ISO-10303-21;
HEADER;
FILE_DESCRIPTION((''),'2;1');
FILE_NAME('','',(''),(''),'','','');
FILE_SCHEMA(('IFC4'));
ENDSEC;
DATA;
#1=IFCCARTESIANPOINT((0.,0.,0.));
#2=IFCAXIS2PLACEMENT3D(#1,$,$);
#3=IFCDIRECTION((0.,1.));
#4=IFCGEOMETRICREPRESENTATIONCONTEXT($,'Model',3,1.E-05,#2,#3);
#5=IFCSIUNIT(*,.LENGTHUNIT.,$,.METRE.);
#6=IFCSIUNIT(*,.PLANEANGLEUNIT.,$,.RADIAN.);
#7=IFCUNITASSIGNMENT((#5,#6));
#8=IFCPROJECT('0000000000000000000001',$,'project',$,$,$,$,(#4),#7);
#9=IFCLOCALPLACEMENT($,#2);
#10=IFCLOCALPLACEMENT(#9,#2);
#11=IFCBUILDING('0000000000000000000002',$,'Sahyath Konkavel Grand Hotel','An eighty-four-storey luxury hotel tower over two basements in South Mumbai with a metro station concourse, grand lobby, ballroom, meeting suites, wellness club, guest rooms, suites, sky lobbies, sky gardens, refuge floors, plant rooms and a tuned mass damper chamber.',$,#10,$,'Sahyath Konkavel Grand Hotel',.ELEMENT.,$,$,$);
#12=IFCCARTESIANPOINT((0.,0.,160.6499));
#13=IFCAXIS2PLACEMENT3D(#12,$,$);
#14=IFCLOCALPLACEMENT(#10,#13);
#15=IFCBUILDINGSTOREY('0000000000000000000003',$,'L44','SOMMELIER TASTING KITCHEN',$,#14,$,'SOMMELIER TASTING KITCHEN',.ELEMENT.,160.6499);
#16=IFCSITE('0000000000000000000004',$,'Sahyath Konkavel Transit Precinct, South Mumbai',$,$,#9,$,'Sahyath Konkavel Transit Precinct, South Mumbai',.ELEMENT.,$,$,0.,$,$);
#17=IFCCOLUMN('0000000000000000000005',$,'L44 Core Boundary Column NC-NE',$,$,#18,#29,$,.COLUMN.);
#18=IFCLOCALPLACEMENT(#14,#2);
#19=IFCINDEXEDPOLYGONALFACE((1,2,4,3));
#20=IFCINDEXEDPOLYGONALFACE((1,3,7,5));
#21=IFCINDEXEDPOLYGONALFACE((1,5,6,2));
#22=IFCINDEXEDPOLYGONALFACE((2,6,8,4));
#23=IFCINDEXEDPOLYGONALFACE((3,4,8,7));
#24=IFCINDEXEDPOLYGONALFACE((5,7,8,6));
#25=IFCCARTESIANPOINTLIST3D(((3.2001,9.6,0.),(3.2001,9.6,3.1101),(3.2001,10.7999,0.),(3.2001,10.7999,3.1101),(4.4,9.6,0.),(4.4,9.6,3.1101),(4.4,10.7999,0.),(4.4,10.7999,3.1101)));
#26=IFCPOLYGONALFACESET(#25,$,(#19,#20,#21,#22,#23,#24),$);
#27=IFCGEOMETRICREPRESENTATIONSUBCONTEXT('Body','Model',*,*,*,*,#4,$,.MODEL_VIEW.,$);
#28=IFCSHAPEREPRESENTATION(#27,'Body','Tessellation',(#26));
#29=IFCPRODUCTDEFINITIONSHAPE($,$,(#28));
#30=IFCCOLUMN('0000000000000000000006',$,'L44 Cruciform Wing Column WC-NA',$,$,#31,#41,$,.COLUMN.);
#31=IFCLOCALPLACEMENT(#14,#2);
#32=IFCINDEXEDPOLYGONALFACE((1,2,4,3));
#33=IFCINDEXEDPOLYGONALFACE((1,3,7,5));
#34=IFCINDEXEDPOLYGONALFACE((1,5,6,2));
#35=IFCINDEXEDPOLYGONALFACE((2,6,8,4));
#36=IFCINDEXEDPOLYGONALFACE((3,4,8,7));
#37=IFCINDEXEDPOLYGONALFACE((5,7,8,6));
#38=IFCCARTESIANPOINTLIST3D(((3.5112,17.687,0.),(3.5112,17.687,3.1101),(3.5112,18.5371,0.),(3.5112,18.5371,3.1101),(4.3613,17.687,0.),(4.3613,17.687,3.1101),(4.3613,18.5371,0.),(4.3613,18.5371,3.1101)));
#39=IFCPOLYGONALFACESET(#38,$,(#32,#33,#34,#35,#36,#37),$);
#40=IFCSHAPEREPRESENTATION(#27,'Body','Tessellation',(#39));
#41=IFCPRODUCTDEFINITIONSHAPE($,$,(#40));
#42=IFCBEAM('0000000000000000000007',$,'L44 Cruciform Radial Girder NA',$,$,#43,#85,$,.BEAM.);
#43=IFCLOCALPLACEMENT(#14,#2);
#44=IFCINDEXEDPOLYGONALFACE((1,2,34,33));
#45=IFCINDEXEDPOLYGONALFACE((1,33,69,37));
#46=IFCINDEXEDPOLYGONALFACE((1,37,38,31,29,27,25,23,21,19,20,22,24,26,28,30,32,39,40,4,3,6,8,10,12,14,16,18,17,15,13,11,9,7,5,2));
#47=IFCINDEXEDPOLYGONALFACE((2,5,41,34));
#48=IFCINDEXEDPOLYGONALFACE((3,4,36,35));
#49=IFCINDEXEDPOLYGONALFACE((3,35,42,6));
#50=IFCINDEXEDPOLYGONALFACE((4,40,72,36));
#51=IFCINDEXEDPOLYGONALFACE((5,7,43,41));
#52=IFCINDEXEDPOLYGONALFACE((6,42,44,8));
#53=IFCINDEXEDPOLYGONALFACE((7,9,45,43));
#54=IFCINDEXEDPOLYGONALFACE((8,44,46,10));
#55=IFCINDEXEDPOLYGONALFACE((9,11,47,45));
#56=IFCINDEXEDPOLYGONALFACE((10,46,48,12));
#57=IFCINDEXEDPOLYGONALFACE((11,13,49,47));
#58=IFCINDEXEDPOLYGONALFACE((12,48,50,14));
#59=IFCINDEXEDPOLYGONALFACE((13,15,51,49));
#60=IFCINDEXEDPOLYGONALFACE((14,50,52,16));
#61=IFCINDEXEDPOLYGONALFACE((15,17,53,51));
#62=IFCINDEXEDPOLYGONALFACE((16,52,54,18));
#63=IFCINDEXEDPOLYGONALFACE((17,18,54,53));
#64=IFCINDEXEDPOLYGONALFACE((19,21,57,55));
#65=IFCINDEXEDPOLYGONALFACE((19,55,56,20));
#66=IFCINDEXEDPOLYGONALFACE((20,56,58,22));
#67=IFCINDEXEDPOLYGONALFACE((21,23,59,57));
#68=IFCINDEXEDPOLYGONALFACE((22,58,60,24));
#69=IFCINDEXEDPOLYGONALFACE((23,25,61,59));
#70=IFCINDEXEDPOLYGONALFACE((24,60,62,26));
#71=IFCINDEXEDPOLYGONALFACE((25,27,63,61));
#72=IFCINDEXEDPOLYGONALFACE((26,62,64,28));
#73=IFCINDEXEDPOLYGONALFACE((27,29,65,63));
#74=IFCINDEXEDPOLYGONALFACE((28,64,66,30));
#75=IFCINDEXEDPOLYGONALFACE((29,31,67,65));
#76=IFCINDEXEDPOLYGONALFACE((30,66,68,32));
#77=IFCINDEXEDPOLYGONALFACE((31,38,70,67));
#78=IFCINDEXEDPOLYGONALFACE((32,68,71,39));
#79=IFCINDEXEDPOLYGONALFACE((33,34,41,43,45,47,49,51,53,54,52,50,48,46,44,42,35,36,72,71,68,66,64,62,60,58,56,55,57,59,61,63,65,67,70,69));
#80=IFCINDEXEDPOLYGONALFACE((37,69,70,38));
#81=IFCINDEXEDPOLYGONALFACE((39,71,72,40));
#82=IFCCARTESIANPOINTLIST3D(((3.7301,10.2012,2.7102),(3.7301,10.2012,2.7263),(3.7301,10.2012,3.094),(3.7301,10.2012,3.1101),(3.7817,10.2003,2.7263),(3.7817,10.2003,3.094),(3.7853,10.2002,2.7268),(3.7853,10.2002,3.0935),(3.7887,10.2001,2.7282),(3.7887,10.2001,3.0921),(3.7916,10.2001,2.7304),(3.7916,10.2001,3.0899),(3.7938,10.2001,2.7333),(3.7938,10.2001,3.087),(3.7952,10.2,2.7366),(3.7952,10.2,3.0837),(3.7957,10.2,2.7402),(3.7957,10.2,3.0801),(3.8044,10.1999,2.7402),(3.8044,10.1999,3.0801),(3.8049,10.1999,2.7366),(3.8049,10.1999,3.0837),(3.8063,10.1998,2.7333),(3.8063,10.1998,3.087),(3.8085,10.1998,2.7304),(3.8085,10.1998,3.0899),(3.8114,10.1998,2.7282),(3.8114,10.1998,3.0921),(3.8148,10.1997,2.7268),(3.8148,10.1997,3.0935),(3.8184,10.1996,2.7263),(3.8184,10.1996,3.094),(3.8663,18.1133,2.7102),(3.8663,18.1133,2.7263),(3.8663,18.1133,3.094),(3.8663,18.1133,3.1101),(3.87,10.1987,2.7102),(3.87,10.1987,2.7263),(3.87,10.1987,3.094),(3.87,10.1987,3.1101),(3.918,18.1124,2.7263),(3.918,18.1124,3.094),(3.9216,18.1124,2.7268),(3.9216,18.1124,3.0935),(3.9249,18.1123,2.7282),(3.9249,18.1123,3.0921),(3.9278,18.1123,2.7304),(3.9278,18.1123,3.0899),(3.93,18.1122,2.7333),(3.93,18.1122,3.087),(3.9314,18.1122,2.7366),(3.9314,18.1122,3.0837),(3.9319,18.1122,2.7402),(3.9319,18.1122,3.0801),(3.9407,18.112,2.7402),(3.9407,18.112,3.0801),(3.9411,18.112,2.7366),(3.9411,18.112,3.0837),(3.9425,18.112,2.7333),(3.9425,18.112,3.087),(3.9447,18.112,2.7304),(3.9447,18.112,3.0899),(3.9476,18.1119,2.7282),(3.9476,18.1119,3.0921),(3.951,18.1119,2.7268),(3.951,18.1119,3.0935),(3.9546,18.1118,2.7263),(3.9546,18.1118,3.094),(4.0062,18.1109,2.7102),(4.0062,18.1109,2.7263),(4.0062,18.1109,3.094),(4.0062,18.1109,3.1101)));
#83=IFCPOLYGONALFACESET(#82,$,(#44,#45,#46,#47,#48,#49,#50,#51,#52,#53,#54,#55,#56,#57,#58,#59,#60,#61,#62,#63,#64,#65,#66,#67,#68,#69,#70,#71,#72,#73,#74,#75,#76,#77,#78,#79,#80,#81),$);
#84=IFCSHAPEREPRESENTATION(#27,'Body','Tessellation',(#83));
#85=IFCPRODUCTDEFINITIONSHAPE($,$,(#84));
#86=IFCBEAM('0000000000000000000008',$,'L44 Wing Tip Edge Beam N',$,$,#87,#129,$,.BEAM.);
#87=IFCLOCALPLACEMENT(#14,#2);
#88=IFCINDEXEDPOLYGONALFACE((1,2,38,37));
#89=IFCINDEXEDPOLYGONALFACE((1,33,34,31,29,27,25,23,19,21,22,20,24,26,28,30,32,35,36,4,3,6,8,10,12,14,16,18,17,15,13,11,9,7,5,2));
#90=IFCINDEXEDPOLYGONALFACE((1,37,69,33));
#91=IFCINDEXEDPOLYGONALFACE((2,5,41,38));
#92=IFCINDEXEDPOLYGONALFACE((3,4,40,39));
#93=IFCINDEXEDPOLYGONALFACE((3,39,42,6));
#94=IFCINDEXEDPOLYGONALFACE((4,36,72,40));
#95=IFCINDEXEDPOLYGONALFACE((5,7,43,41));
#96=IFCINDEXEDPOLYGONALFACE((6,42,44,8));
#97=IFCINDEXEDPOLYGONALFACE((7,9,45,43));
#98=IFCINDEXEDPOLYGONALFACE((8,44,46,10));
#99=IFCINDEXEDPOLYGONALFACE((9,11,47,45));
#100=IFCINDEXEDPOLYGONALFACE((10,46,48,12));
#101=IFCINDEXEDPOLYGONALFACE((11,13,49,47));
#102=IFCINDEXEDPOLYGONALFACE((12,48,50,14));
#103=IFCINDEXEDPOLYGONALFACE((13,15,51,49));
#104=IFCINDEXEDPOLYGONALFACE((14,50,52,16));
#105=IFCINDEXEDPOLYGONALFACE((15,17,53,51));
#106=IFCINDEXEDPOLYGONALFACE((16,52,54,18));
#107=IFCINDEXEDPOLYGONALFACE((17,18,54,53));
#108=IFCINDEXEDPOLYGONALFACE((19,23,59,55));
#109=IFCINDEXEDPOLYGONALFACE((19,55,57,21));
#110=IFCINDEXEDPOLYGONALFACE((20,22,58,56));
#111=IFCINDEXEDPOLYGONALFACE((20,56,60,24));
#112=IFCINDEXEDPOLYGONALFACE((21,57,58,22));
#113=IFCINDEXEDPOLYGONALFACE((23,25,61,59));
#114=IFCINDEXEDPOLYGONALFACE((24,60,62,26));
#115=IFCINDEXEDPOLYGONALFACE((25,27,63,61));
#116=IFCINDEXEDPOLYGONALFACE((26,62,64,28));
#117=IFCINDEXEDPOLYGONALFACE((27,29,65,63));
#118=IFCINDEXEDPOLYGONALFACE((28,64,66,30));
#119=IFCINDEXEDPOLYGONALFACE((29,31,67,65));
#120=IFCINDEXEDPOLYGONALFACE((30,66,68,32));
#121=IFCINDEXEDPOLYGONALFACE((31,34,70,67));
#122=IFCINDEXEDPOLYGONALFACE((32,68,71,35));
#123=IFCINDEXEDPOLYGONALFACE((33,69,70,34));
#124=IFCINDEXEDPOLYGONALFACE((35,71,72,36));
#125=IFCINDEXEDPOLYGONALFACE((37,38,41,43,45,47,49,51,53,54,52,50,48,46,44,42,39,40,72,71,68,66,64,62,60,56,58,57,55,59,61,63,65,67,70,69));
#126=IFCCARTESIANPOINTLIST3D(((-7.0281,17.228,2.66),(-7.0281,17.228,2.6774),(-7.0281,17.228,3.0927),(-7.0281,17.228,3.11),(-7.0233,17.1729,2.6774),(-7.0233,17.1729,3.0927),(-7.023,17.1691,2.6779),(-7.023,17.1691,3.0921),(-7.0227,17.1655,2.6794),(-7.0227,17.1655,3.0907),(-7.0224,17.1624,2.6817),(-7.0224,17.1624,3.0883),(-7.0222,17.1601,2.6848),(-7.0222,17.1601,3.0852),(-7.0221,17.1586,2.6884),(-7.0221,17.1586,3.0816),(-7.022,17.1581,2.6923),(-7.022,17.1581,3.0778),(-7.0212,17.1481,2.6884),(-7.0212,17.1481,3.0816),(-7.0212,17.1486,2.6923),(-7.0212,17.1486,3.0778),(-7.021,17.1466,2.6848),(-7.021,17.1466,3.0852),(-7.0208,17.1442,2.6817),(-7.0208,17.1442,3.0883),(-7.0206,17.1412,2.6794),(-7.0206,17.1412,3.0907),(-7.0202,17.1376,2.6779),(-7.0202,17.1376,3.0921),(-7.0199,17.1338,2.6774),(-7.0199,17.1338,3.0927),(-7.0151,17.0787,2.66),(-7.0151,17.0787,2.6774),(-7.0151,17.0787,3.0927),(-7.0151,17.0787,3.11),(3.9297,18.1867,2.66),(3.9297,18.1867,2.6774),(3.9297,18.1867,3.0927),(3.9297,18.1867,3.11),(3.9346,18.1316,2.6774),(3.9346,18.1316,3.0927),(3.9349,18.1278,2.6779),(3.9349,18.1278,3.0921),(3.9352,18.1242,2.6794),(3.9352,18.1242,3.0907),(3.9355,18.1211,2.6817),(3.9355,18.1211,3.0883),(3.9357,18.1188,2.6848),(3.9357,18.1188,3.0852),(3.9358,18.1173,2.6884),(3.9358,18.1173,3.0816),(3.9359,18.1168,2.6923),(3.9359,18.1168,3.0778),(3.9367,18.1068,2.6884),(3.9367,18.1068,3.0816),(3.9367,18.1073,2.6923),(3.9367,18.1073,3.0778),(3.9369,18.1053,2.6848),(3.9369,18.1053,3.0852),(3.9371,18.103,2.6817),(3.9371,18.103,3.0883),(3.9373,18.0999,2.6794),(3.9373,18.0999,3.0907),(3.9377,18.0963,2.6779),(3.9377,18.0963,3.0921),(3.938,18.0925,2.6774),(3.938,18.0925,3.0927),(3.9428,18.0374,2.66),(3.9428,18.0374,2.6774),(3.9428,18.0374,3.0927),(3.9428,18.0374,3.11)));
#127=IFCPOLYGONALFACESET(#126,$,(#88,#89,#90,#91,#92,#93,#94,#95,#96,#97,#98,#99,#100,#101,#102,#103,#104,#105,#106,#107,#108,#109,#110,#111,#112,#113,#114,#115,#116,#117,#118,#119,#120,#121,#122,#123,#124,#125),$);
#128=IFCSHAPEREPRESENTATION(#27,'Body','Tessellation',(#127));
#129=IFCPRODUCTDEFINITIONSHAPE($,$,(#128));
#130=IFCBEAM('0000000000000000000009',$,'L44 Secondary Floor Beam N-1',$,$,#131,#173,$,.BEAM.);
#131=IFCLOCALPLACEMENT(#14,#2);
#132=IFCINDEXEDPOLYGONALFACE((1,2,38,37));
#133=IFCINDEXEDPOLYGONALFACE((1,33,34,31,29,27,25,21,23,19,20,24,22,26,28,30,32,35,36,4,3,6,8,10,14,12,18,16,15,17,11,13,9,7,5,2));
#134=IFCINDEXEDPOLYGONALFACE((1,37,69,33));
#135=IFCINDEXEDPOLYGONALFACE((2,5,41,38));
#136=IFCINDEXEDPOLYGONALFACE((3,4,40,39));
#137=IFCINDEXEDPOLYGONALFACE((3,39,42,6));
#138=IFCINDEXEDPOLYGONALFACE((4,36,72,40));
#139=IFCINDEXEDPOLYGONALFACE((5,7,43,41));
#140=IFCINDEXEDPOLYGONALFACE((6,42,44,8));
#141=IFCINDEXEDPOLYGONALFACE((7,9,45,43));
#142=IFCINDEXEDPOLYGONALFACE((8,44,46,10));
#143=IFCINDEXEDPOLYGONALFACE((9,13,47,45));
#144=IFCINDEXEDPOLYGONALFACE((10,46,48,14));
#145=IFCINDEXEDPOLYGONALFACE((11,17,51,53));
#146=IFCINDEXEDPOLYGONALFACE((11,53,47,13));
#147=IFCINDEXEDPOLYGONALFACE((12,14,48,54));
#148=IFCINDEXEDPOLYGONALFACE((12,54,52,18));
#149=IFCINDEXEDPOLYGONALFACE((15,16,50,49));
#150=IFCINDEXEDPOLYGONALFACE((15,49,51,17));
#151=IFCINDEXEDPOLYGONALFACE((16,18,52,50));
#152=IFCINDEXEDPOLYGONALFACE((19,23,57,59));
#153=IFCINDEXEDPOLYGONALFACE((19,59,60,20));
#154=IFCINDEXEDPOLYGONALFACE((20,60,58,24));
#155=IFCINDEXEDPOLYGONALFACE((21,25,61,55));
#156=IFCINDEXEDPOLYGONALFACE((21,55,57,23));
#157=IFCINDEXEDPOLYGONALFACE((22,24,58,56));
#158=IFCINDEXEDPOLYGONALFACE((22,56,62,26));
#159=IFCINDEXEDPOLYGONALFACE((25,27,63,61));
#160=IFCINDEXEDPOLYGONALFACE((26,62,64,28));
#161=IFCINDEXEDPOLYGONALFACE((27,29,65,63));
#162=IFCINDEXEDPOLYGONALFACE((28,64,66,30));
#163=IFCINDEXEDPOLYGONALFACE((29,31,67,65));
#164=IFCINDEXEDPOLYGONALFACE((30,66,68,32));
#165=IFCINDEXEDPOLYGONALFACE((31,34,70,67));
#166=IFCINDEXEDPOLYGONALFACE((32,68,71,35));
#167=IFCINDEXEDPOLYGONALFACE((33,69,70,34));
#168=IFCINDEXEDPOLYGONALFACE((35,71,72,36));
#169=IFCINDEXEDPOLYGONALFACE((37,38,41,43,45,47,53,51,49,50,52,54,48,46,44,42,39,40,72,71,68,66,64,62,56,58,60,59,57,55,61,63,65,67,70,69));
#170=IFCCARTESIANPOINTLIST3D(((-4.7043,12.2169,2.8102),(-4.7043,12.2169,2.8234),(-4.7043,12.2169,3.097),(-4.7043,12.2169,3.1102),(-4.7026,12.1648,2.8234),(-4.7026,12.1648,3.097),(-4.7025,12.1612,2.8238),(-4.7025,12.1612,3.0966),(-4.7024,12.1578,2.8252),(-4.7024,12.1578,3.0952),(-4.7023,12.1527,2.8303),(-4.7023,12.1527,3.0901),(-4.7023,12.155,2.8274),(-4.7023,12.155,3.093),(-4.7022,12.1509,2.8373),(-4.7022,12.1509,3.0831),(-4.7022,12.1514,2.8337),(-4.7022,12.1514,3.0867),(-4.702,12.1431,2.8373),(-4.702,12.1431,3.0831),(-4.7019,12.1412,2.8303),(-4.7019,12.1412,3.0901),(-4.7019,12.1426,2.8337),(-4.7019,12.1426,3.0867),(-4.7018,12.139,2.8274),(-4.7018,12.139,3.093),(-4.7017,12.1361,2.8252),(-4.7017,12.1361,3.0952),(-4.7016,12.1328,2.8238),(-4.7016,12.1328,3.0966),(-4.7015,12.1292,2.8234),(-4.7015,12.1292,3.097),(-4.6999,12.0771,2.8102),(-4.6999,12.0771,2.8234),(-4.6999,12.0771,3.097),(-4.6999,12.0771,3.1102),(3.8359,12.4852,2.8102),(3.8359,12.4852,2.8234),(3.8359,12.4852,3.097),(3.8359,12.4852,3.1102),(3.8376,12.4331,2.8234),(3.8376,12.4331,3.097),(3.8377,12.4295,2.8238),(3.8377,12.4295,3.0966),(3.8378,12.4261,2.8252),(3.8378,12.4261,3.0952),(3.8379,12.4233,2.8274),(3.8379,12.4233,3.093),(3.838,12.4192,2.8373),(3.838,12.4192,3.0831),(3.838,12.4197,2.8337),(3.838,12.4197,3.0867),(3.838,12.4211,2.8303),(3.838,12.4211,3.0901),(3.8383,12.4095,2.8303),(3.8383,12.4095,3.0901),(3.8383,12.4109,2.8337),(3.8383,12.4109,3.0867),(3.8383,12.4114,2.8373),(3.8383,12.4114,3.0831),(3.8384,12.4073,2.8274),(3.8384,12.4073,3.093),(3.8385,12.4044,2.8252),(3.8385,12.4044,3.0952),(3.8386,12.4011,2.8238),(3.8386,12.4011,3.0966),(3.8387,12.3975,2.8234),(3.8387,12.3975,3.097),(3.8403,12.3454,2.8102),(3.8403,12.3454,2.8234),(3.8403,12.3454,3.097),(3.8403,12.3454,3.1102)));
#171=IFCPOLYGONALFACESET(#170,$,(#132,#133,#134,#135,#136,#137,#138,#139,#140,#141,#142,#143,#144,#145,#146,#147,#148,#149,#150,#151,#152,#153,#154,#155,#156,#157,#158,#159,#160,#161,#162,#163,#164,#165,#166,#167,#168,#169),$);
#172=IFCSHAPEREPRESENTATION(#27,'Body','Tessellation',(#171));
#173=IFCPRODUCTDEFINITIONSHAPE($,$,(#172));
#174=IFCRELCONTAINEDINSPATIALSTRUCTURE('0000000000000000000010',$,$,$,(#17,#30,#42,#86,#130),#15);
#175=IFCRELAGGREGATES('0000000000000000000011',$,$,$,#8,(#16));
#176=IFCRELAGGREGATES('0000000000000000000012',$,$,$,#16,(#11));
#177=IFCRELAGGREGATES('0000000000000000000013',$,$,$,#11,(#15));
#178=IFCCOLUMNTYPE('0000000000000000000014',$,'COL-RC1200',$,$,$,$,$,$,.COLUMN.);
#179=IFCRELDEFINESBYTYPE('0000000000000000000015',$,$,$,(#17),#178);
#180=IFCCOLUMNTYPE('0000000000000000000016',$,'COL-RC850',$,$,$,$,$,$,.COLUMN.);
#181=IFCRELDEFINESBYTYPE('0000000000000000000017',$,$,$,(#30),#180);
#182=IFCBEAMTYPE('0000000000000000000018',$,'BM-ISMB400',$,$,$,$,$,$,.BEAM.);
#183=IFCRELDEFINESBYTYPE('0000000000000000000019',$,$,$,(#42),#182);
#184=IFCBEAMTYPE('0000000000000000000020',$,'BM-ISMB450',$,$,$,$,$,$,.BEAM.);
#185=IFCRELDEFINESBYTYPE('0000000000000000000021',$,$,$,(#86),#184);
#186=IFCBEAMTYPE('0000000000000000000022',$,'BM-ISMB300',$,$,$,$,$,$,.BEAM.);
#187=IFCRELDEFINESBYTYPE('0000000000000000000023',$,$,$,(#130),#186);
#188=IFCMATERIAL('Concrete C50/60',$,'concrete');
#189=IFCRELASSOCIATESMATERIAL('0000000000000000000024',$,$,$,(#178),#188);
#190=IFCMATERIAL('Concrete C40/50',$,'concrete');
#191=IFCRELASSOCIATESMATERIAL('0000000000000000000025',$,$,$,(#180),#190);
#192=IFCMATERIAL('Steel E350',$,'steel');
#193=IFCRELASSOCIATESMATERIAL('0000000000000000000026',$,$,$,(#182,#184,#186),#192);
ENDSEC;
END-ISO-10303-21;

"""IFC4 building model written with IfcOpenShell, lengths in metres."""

from ifc_helpers import new_model, si_unit, direction, frame, origin, origin_2d, place, context, subcontext, project, spatial, rectangle, i_section, extrude, source, transform, mapped, material, material_profile, profile_set, type_object, element, save


model = new_model("IFC4")

# Units and contexts
model_context = context("Model", 3, precision=1e-05, world=origin(), true_north=direction((0.0, 1.0)))
body_context = subcontext(model_context, "Body", "Model", "MODEL_VIEW")
ifc_project = project(units=[si_unit("LENGTHUNIT", "METRE"), si_unit("PLANEANGLEUNIT", "RADIAN")], contexts=[model_context])

# Site, building, storey
site_placement = place(None, origin())
site = spatial("IfcSite", under=ifc_project, at=site_placement, Name="Sahyath Konkavel Transit Precinct, South Mumbai", LongName="Sahyath Konkavel Transit Precinct, South Mumbai", CompositionType="ELEMENT", RefElevation=0.0)
building_placement = place(site_placement, origin())
building = spatial("IfcBuilding", under=site, at=building_placement, Name="Sahyath Konkavel Grand Hotel", Description="An eighty-four-storey luxury hotel tower over two basements in South Mumbai with a metro station concourse, grand lobby, ballroom, meeting suites, wellness club, guest rooms, suites, sky lobbies, sky gardens, refuge floors, plant rooms and a tuned mass damper chamber.", LongName="Sahyath Konkavel Grand Hotel", CompositionType="ELEMENT")
storey_placement = place(building_placement, frame((0.0, 0.0, 160.6499)))
storey = spatial("IfcBuildingStorey", under=building, at=storey_placement, Name="L44", Description="SOMMELIER TASTING KITCHEN", LongName="SOMMELIER TASTING KITCHEN", CompositionType="ELEMENT", Elevation=160.6499)

# Columns
ifc_material_1 = material(Name="Concrete C50/60", Category="concrete")
ifc_material_profile_1 = material_profile(ifc_material_1, rectangle(XDim=1.2, YDim=1.2, at=origin_2d()), Name="RC 1200x1200")
ifc_profile_set_1 = profile_set([ifc_material_profile_1], Name="Concrete C50/60")
column_type_1 = type_object("IfcColumnType", Name="COL-RC1200", PredefinedType="COLUMN", material=ifc_profile_set_1)
shared_shape_1 = source(origin(), body_context, "Body", "SweptSolid", [
    extrude(rectangle(XDim=1.2, YDim=1.2, at=origin_2d()), origin(), (0.0, 0.0, 1.0), 3.1101),
])
column_1_placement = place(storey_placement, frame((3.8, 10.2, 0.0), z_axis=(0.0, 0.0, 1.0), x_axis=(1.0, 0.0, 0.0)))
element("IfcColumn", 1, at=column_1_placement, inside=storey, type_object=column_type_1, Name="L44 Core Boundary Column NC-NE", PredefinedType="COLUMN", context=body_context, shape_type="MappedRepresentation", body=[
    mapped(shared_shape_1, transform((0.0, 0.0, 0.0), scale=1.0)),
])
ifc_material_2 = material(Name="Concrete C40/50", Category="concrete")
ifc_material_profile_2 = material_profile(ifc_material_2, rectangle(XDim=0.8501, YDim=0.8501, at=origin_2d()), Name="RC 850x850")
ifc_profile_set_2 = profile_set([ifc_material_profile_2], Name="Concrete C40/50")
column_type_2 = type_object("IfcColumnType", Name="COL-RC850", PredefinedType="COLUMN", material=ifc_profile_set_2)
shared_shape_2 = source(origin(), body_context, "Body", "SweptSolid", [
    extrude(rectangle(XDim=0.8501, YDim=0.8501, at=origin_2d()), origin(), (0.0, 0.0, 1.0), 3.1101),
])
column_2_placement = place(storey_placement, frame((3.9363, 18.1121, 0.0), z_axis=(0.0, 0.0, 1.0), x_axis=(1.0, 0.0, 0.0)))
element("IfcColumn", 2, at=column_2_placement, inside=storey, type_object=column_type_2, Name="L44 Cruciform Wing Column WC-NA", PredefinedType="COLUMN", context=body_context, shape_type="MappedRepresentation", body=[
    mapped(shared_shape_2, transform((0.0, 0.0, 0.0), scale=1.0)),
])

# Beams
ifc_material_3 = material(Name="Steel E350", Category="steel")
ifc_material_profile_3 = material_profile(ifc_material_3, i_section(OverallWidth=0.1399, OverallDepth=0.3999, WebThickness=0.0088, FlangeThickness=0.0161, FilletRadius=0.0139, at=origin_2d()), Name="ISMB 400")
ifc_profile_set_3 = profile_set([ifc_material_profile_3], Name="Steel E350")
beam_type_1 = type_object("IfcBeamType", Name="BM-ISMB400", PredefinedType="BEAM", material=ifc_profile_set_3)
shared_shape_3 = source(origin(), body_context, "Body", "SweptSolid", [
    extrude(i_section(OverallWidth=0.1399, OverallDepth=0.3999, WebThickness=0.0088, FlangeThickness=0.0161, FilletRadius=0.0139, at=origin_2d()), origin(), (0.0, 0.0, 1.0), 7.9133),
])
beam_1_placement = place(storey_placement, frame((3.8, 10.2, 2.9102), z_axis=(0.017215, 0.999852, 0.0), x_axis=(-0.999852, 0.017215, 0.0)))
element("IfcBeam", 3, at=beam_1_placement, inside=storey, type_object=beam_type_1, Name="L44 Cruciform Radial Girder NA", PredefinedType="BEAM", context=body_context, shape_type="MappedRepresentation", body=[
    mapped(shared_shape_3, transform((0.0, 0.0, 0.0), scale=1.0)),
])
ifc_material_profile_4 = material_profile(ifc_material_3, i_section(OverallWidth=0.1499, OverallDepth=0.45, WebThickness=0.0095, FlangeThickness=0.0173, FilletRadius=0.0149, at=origin_2d()), Name="ISMB 450")
ifc_profile_set_4 = profile_set([ifc_material_profile_4], Name="Steel E350")
beam_type_2 = type_object("IfcBeamType", Name="BM-ISMB450", PredefinedType="BEAM", material=ifc_profile_set_4)
shared_shape_4 = source(origin(), body_context, "Body", "SweptSolid", [
    extrude(i_section(OverallWidth=0.1499, OverallDepth=0.45, WebThickness=0.0095, FlangeThickness=0.0173, FilletRadius=0.0149, at=origin_2d()), origin(), (0.0, 0.0, 1.0), 10.9998),
])
beam_2_placement = place(storey_placement, frame((3.9363, 18.1121, 2.885), z_axis=(-0.996194, -0.087159, 0.0), x_axis=(0.087159, -0.996194, 0.0)))
element("IfcBeam", 4, at=beam_2_placement, inside=storey, type_object=beam_type_2, Name="L44 Wing Tip Edge Beam N", PredefinedType="BEAM", context=body_context, shape_type="MappedRepresentation", body=[
    mapped(shared_shape_4, transform((0.0, 0.0, 0.0), scale=1.0)),
])
ifc_material_profile_5 = material_profile(ifc_material_3, i_section(OverallWidth=0.1399, OverallDepth=0.3, WebThickness=0.0078, FlangeThickness=0.0132, FilletRadius=0.0139, at=origin_2d()), Name="ISMB 300")
ifc_profile_set_5 = profile_set([ifc_material_profile_5], Name="Steel E350")
beam_type_3 = type_object("IfcBeamType", Name="BM-ISMB300", PredefinedType="BEAM", material=ifc_profile_set_5)
shared_shape_5 = source(origin(), body_context, "Body", "SweptSolid", [
    extrude(i_section(OverallWidth=0.1399, OverallDepth=0.3, WebThickness=0.0078, FlangeThickness=0.0132, FilletRadius=0.0139, at=origin_2d()), origin(), (0.0, 0.0, 1.0), 8.5444),
])
beam_3_placement = place(storey_placement, frame((3.8381, 12.4153, 2.9602), z_axis=(-0.999507, -0.031402, 0.0), x_axis=(0.031402, -0.999507, 0.0)))
element("IfcBeam", 5, at=beam_3_placement, inside=storey, type_object=beam_type_3, Name="L44 Secondary Floor Beam N-1", PredefinedType="BEAM", context=body_context, shape_type="MappedRepresentation", body=[
    mapped(shared_shape_5, transform((0.0, 0.0, 0.0), scale=1.0)),
])

save(model, "model.ifc")
